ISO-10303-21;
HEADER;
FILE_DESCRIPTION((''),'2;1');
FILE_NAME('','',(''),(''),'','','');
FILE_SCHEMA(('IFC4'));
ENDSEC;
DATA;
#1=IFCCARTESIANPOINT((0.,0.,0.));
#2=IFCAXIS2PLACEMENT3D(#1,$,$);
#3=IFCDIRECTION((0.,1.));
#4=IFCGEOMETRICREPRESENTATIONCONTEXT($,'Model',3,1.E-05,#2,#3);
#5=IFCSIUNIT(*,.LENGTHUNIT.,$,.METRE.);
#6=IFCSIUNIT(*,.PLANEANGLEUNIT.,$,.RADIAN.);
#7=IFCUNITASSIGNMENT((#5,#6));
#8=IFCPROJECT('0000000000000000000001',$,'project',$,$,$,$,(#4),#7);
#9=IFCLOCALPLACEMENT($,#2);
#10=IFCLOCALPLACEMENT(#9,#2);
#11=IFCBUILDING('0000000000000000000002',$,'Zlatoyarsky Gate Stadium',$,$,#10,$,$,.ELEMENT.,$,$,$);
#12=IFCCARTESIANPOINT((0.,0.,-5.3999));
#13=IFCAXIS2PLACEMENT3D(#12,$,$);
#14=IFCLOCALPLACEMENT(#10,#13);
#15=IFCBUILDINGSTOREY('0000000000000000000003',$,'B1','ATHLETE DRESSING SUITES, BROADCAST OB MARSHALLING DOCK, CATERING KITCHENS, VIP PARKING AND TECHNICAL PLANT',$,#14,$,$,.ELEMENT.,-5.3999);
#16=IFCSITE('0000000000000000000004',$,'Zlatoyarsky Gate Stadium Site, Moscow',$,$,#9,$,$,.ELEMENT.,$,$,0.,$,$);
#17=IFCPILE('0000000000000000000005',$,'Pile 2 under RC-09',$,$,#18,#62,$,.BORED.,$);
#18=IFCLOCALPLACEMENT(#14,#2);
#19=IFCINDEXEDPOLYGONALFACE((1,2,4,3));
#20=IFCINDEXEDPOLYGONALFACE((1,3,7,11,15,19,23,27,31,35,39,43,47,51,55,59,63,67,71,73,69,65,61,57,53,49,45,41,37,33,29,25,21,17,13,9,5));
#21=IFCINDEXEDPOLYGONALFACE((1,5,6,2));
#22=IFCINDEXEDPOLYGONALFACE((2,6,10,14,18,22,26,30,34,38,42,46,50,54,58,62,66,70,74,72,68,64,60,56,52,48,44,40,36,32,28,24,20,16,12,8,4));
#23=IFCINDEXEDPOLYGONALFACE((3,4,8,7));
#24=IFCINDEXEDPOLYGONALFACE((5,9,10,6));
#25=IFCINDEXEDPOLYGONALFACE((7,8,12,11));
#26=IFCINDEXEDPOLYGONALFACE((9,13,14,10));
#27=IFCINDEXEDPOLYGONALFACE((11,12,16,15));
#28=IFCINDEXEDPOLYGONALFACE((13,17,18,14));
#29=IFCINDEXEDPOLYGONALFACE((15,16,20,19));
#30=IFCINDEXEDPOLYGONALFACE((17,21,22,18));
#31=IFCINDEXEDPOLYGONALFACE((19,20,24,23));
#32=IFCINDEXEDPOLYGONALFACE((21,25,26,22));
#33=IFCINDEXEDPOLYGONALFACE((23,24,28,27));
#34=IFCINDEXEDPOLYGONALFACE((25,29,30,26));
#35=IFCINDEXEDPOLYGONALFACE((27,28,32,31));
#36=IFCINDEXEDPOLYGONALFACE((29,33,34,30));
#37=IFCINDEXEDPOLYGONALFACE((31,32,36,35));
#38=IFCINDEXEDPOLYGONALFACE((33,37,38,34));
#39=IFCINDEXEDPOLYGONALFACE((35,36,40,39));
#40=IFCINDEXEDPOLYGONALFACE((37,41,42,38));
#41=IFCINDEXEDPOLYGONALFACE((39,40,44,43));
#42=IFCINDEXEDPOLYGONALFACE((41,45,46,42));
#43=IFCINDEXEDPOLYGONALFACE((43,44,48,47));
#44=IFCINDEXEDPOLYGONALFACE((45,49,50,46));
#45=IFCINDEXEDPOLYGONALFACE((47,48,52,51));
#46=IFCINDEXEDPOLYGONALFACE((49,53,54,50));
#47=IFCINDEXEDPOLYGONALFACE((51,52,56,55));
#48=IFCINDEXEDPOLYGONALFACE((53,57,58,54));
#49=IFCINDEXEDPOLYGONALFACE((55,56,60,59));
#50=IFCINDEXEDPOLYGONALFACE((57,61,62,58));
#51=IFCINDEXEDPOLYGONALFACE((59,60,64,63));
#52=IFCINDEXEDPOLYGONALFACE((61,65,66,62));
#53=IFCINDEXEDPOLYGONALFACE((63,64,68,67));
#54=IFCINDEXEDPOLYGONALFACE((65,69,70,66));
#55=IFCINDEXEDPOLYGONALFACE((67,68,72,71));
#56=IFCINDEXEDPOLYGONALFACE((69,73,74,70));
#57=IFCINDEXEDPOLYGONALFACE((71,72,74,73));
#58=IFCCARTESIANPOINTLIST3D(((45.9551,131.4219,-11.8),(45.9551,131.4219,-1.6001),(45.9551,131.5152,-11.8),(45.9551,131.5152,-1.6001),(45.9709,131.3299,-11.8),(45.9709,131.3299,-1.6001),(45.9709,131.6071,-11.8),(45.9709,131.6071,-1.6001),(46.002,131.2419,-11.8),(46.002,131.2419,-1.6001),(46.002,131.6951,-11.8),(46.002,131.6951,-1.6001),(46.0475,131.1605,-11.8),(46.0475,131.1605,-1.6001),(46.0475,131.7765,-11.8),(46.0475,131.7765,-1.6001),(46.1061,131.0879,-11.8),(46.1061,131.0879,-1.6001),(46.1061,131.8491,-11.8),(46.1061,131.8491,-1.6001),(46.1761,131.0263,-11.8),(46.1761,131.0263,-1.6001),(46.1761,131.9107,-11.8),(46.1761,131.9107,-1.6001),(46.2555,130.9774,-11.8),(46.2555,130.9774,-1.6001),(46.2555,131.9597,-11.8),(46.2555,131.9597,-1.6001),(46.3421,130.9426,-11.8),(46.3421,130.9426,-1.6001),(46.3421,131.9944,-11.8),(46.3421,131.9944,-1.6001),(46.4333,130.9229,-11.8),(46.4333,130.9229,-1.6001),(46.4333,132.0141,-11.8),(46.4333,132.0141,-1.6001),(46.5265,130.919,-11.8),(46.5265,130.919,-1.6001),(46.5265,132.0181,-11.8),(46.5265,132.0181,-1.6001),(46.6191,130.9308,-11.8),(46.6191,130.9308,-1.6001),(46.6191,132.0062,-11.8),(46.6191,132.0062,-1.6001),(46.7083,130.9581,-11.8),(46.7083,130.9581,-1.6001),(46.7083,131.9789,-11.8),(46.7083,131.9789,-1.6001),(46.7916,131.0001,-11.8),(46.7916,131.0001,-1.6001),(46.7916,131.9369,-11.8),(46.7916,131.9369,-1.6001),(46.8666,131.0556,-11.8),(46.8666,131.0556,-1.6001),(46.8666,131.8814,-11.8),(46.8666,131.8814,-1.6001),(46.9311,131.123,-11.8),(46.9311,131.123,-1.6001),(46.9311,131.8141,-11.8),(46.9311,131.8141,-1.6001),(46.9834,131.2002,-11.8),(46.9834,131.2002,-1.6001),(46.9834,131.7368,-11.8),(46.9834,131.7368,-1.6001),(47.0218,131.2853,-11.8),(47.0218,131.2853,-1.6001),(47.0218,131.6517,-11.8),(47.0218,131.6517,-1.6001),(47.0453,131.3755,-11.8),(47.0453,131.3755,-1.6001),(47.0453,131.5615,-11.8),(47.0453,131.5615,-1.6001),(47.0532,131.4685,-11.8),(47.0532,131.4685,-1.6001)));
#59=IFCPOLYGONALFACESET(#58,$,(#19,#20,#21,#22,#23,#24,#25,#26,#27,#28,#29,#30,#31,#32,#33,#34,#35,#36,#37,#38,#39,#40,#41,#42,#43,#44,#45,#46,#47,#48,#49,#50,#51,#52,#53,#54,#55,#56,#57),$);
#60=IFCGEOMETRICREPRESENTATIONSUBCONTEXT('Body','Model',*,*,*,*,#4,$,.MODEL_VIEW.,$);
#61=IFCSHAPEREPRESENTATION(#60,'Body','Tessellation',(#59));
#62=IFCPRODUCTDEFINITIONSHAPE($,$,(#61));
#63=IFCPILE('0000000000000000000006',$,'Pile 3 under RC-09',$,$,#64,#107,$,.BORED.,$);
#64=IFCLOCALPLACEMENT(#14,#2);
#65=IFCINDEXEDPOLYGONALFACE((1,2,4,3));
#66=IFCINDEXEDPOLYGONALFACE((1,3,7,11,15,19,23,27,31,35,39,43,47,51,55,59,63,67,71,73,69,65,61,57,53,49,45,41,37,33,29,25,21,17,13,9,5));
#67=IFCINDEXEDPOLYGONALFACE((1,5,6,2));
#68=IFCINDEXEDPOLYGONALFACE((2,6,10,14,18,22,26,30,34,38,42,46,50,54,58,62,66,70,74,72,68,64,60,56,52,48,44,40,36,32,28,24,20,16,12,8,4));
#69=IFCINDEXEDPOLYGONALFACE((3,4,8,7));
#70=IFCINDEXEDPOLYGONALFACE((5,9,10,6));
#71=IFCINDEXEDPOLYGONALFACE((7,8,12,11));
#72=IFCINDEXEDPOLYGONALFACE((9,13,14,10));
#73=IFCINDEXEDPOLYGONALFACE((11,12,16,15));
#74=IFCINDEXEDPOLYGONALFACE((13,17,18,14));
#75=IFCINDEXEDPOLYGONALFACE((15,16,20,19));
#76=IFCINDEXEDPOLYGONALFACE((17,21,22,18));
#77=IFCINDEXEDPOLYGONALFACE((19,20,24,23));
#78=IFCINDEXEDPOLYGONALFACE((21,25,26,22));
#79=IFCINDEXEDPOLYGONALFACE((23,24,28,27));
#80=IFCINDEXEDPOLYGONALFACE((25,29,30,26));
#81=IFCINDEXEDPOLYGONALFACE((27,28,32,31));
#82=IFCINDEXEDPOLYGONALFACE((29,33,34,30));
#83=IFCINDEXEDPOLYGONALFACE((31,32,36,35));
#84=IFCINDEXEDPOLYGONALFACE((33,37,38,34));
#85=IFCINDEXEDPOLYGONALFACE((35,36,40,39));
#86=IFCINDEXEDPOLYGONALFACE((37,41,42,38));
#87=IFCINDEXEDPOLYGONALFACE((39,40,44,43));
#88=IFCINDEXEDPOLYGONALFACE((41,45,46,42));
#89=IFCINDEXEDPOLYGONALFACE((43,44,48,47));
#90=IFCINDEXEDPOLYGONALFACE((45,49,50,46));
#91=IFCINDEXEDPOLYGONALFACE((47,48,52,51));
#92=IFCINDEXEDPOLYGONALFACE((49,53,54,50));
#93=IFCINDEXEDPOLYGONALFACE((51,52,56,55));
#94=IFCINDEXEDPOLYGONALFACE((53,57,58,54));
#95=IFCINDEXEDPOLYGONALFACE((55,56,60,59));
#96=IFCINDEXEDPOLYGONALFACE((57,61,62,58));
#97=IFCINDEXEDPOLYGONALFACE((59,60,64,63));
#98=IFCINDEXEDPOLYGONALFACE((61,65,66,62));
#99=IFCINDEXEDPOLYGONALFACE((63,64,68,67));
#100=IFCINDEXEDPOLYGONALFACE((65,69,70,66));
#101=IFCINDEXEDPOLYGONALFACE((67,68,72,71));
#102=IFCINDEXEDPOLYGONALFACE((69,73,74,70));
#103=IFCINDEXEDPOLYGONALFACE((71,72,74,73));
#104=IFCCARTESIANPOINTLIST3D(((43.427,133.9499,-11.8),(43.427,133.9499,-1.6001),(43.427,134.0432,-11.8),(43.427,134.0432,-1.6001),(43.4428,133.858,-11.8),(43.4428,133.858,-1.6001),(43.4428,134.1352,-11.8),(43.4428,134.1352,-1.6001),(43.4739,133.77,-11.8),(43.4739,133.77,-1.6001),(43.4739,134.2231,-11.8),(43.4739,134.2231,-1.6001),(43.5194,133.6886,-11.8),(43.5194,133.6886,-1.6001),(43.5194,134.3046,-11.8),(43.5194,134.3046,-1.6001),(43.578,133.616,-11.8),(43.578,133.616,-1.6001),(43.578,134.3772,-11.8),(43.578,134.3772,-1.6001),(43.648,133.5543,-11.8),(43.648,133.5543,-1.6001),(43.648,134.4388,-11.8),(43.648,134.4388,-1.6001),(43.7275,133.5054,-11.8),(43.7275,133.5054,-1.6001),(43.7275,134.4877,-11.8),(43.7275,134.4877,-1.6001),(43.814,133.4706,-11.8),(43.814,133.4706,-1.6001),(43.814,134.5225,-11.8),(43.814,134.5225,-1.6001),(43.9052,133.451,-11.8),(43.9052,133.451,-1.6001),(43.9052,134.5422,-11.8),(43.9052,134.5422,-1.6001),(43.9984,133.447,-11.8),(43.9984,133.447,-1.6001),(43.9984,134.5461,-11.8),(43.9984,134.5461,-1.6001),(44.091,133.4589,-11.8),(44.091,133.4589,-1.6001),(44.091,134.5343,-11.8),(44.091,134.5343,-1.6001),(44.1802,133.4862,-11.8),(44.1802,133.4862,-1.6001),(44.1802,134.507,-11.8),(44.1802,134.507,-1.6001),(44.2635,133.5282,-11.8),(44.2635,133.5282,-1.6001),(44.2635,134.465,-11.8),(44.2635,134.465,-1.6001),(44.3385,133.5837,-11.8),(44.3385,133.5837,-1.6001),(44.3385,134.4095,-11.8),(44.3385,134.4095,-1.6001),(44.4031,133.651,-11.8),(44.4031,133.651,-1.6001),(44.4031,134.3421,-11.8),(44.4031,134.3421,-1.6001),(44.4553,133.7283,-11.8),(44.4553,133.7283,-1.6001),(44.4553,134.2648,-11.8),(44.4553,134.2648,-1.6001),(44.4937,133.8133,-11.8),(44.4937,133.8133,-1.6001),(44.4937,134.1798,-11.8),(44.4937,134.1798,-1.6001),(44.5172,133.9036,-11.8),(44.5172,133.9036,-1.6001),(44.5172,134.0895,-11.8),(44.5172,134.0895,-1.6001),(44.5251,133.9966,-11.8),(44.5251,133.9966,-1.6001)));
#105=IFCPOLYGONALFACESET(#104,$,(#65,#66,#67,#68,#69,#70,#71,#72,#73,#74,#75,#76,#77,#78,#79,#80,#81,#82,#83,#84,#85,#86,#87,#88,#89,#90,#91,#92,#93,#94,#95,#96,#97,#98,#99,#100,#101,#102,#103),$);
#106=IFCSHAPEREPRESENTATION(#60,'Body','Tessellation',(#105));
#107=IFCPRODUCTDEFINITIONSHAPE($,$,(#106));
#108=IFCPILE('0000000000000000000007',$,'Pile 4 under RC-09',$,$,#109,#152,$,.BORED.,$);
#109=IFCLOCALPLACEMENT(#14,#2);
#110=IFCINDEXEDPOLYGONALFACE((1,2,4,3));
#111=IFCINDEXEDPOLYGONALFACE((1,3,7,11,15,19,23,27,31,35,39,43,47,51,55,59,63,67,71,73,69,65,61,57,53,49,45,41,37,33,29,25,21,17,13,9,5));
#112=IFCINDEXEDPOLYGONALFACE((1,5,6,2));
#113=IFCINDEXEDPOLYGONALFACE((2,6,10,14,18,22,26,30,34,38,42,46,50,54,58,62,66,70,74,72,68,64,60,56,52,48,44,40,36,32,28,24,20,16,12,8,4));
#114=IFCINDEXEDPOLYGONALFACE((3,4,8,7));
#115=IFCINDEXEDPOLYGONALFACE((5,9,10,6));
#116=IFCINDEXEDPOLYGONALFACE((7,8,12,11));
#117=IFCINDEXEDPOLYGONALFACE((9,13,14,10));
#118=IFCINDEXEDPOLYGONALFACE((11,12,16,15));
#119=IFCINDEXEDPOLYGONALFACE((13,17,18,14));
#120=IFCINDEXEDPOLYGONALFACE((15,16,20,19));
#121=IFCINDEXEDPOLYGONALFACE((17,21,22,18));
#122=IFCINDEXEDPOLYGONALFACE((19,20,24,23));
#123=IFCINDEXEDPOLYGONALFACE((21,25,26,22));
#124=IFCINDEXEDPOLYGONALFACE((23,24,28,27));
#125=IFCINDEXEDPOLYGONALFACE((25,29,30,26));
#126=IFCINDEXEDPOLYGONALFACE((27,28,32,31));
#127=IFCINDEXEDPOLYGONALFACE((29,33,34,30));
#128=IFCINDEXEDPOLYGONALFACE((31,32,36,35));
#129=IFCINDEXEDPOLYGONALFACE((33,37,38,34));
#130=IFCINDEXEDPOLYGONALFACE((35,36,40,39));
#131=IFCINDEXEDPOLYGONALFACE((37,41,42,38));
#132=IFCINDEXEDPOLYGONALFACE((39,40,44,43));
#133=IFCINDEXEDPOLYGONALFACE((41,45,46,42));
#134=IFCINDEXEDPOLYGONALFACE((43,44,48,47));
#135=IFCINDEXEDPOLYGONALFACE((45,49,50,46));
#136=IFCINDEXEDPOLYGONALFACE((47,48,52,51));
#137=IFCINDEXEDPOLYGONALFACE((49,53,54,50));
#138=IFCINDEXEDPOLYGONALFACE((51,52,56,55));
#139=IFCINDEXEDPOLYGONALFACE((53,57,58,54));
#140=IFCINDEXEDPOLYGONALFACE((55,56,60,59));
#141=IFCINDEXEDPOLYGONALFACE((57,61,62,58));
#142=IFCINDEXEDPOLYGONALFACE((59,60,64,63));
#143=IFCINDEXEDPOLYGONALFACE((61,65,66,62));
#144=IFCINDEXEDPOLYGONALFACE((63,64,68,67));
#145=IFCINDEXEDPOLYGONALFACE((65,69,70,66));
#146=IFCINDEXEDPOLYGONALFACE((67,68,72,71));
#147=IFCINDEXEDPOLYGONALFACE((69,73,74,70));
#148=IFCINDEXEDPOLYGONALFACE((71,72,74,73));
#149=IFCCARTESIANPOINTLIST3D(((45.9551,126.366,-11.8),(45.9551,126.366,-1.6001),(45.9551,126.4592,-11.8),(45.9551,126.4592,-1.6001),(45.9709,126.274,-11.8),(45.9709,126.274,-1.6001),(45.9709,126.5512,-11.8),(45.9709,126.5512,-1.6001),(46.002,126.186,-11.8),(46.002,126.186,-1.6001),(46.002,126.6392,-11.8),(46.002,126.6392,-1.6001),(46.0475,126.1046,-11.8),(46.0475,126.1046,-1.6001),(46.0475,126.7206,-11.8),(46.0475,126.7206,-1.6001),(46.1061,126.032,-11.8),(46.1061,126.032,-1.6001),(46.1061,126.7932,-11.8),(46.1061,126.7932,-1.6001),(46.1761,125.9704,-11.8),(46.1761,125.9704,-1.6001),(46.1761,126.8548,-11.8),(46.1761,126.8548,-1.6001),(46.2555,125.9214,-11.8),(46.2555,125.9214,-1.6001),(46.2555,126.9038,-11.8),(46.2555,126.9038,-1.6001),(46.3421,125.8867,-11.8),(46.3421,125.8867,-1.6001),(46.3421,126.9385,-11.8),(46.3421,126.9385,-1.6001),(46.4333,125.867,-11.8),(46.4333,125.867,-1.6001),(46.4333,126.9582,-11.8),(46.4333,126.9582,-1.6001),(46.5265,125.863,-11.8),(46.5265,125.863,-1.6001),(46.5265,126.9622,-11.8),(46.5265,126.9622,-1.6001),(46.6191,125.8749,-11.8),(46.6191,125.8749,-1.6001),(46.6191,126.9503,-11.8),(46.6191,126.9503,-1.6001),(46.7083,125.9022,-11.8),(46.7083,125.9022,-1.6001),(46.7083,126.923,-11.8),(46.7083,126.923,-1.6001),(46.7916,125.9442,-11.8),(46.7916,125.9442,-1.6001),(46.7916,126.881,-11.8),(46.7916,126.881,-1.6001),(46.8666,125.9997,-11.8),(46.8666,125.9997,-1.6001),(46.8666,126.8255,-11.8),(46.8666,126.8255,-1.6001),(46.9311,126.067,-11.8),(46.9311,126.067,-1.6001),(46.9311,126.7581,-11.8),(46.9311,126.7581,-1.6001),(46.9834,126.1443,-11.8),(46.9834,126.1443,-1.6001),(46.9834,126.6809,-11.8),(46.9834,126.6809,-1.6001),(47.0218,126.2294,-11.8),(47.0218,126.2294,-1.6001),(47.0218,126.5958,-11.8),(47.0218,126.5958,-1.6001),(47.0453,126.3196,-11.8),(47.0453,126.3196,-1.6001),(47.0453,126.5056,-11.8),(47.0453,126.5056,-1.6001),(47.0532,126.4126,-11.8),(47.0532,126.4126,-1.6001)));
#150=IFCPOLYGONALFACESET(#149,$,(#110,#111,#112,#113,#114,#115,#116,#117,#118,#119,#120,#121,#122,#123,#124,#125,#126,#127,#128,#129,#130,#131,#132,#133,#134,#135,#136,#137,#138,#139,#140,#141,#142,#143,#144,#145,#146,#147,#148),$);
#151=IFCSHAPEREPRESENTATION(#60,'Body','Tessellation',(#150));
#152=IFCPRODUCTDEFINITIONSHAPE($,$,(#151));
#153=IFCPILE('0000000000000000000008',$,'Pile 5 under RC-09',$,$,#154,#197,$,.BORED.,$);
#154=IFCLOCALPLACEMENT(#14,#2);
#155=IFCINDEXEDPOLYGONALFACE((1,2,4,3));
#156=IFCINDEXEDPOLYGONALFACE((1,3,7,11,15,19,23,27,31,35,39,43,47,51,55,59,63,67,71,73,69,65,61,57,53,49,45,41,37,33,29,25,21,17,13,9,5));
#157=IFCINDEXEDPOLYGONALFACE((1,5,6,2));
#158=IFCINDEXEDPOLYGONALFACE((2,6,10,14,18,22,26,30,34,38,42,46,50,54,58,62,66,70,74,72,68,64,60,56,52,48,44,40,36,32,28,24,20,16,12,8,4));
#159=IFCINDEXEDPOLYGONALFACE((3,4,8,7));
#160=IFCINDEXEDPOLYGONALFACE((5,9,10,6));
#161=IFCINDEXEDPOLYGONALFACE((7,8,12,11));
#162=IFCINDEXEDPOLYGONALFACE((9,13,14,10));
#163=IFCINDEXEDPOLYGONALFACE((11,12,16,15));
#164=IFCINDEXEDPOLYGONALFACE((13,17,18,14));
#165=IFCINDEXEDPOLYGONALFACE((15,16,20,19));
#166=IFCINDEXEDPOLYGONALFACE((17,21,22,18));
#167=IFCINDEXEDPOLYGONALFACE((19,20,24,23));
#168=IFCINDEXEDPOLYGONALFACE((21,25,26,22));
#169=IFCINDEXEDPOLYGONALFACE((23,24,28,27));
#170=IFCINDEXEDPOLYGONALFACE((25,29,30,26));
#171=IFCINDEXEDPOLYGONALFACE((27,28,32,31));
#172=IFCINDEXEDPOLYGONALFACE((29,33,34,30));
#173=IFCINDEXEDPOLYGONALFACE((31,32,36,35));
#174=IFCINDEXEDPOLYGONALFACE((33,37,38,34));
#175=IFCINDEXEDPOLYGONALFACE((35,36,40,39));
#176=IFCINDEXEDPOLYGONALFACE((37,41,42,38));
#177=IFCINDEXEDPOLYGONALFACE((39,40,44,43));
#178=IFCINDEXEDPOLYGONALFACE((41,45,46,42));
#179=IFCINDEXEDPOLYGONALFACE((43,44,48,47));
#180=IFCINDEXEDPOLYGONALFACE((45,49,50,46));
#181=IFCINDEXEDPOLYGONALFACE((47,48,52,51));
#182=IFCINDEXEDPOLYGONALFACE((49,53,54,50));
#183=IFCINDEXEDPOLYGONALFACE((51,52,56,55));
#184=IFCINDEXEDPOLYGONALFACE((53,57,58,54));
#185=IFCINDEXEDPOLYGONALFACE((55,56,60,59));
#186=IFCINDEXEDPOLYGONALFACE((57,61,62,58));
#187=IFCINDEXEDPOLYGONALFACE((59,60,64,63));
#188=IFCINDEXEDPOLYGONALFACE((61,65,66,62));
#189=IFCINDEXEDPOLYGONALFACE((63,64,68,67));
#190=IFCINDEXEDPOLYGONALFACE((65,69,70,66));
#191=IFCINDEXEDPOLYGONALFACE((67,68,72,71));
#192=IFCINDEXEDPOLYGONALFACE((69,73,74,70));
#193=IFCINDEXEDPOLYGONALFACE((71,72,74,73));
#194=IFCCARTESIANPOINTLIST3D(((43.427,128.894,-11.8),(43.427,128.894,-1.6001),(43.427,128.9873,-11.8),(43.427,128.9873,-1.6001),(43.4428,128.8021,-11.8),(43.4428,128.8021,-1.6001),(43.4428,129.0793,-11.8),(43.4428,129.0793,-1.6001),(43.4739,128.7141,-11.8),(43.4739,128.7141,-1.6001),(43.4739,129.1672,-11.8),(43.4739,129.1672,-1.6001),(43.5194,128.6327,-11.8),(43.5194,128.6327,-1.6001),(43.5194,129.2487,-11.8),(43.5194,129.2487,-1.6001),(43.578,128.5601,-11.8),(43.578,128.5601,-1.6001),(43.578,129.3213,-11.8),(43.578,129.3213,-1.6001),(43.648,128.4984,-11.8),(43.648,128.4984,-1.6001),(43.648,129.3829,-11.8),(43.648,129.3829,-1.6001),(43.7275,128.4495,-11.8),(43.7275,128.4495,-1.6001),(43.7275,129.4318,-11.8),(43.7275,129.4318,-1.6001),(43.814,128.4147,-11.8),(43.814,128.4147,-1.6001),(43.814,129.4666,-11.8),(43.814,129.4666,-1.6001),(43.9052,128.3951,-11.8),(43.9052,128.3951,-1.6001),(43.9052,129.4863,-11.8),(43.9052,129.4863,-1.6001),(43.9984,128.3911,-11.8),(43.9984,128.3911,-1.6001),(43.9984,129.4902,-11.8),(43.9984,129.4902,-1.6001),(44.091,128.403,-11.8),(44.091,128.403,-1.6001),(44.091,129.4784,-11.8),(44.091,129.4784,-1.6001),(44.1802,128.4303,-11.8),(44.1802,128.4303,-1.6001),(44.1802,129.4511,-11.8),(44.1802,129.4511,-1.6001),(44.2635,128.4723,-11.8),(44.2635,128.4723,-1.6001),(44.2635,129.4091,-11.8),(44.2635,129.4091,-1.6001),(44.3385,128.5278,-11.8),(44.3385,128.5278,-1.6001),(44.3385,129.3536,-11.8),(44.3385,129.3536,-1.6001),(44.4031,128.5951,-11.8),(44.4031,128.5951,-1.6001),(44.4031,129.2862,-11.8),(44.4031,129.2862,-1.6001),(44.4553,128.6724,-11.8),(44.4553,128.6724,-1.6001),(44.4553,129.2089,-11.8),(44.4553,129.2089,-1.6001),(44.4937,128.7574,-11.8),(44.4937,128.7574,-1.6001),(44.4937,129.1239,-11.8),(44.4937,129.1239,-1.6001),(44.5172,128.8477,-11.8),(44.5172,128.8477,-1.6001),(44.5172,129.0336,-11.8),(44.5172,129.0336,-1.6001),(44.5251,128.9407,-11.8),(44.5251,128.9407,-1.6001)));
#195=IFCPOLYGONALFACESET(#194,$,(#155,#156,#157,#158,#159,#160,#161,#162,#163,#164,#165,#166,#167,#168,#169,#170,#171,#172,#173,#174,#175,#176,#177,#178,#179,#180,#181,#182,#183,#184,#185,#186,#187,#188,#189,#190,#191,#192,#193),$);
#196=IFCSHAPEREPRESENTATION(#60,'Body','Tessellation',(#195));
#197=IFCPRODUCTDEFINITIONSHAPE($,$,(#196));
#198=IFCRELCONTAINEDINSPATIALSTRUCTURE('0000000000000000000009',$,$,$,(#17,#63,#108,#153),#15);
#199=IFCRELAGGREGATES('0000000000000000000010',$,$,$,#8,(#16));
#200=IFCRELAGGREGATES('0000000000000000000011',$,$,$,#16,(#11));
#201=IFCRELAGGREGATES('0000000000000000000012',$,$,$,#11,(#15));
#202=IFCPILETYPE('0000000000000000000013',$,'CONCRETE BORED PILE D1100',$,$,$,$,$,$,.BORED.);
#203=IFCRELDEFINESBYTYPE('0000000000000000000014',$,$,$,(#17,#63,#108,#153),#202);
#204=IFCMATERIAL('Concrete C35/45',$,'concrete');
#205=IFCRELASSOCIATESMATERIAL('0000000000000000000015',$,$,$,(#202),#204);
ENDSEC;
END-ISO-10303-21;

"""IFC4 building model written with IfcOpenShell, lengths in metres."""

from ifc_helpers import new_model, si_unit, direction, frame, origin, origin_2d, place, context, subcontext, project, spatial, circle, extrude, material, material_profile, profile_set, type_object, element, save


model = new_model("IFC4")

# Units and contexts
model_context = context("Model", 3, precision=1e-05, world=origin(), true_north=direction((0.0, 1.0)))
body_context = subcontext(model_context, "Body", "Model", "MODEL_VIEW")
ifc_project = project(units=[si_unit("LENGTHUNIT", "METRE"), si_unit("PLANEANGLEUNIT", "RADIAN")], contexts=[model_context])

# Site, building, storey
site_placement = place(None, origin())
site = spatial("IfcSite", under=ifc_project, at=site_placement, Name="Zlatoyarsky Gate Stadium Site, Moscow", CompositionType="ELEMENT", RefElevation=0.0)
building_placement = place(site_placement, origin())
building = spatial("IfcBuilding", under=site, at=building_placement, Name="Zlatoyarsky Gate Stadium", CompositionType="ELEMENT")
storey_placement = place(building_placement, frame((0.0, 0.0, -5.3999)))
storey = spatial("IfcBuildingStorey", under=building, at=storey_placement, Name="B1", Description="ATHLETE DRESSING SUITES, BROADCAST OB MARSHALLING DOCK, CATERING KITCHENS, VIP PARKING AND TECHNICAL PLANT", CompositionType="ELEMENT", Elevation=-5.3999)

# Piles
ifc_material_1 = material(Name="Concrete C35/45", Category="concrete")
ifc_material_profile_1 = material_profile(ifc_material_1, circle(Radius=0.55, at=origin_2d()), Name="BORED PILE D1100")
ifc_profile_set_1 = profile_set([ifc_material_profile_1], Name="Concrete C35/45")
pile_type_1 = type_object("IfcPileType", Name="CONCRETE BORED PILE D1100", PredefinedType="BORED", material=ifc_profile_set_1)
for number, where, z_axis, x_axis, name in (
    (1, (46.5032, 131.4685, -1.6001), (0.0, 0.0, -1.0), (1.0, 0.0, 0.0), "Pile 2 under RC-09"),
    (2, (43.9751, 133.9966, -1.6001), (0.0, 0.0, -1.0), (1.0, 0.0, 0.0), "Pile 3 under RC-09"),
    (3, (46.5032, 126.4126, -1.6001), (0.0, 0.0, -1.0), (1.0, 0.0, 0.0), "Pile 4 under RC-09"),
    (4, (43.9751, 128.9407, -1.6001), (0.0, 0.0, -1.0), (1.0, 0.0, 0.0), "Pile 5 under RC-09"),
):
    element("IfcPile", number, at=place(storey_placement, frame(where, z_axis=z_axis, x_axis=x_axis)), inside=storey, type_object=pile_type_1, Name=name, PredefinedType="BORED", context=body_context, shape_type="SweptSolid", body=[
        extrude(circle(Radius=0.55, at=origin_2d()), origin(), (0.0, 0.0, 1.0), 10.2),
    ])

save(model, "model.ifc")
